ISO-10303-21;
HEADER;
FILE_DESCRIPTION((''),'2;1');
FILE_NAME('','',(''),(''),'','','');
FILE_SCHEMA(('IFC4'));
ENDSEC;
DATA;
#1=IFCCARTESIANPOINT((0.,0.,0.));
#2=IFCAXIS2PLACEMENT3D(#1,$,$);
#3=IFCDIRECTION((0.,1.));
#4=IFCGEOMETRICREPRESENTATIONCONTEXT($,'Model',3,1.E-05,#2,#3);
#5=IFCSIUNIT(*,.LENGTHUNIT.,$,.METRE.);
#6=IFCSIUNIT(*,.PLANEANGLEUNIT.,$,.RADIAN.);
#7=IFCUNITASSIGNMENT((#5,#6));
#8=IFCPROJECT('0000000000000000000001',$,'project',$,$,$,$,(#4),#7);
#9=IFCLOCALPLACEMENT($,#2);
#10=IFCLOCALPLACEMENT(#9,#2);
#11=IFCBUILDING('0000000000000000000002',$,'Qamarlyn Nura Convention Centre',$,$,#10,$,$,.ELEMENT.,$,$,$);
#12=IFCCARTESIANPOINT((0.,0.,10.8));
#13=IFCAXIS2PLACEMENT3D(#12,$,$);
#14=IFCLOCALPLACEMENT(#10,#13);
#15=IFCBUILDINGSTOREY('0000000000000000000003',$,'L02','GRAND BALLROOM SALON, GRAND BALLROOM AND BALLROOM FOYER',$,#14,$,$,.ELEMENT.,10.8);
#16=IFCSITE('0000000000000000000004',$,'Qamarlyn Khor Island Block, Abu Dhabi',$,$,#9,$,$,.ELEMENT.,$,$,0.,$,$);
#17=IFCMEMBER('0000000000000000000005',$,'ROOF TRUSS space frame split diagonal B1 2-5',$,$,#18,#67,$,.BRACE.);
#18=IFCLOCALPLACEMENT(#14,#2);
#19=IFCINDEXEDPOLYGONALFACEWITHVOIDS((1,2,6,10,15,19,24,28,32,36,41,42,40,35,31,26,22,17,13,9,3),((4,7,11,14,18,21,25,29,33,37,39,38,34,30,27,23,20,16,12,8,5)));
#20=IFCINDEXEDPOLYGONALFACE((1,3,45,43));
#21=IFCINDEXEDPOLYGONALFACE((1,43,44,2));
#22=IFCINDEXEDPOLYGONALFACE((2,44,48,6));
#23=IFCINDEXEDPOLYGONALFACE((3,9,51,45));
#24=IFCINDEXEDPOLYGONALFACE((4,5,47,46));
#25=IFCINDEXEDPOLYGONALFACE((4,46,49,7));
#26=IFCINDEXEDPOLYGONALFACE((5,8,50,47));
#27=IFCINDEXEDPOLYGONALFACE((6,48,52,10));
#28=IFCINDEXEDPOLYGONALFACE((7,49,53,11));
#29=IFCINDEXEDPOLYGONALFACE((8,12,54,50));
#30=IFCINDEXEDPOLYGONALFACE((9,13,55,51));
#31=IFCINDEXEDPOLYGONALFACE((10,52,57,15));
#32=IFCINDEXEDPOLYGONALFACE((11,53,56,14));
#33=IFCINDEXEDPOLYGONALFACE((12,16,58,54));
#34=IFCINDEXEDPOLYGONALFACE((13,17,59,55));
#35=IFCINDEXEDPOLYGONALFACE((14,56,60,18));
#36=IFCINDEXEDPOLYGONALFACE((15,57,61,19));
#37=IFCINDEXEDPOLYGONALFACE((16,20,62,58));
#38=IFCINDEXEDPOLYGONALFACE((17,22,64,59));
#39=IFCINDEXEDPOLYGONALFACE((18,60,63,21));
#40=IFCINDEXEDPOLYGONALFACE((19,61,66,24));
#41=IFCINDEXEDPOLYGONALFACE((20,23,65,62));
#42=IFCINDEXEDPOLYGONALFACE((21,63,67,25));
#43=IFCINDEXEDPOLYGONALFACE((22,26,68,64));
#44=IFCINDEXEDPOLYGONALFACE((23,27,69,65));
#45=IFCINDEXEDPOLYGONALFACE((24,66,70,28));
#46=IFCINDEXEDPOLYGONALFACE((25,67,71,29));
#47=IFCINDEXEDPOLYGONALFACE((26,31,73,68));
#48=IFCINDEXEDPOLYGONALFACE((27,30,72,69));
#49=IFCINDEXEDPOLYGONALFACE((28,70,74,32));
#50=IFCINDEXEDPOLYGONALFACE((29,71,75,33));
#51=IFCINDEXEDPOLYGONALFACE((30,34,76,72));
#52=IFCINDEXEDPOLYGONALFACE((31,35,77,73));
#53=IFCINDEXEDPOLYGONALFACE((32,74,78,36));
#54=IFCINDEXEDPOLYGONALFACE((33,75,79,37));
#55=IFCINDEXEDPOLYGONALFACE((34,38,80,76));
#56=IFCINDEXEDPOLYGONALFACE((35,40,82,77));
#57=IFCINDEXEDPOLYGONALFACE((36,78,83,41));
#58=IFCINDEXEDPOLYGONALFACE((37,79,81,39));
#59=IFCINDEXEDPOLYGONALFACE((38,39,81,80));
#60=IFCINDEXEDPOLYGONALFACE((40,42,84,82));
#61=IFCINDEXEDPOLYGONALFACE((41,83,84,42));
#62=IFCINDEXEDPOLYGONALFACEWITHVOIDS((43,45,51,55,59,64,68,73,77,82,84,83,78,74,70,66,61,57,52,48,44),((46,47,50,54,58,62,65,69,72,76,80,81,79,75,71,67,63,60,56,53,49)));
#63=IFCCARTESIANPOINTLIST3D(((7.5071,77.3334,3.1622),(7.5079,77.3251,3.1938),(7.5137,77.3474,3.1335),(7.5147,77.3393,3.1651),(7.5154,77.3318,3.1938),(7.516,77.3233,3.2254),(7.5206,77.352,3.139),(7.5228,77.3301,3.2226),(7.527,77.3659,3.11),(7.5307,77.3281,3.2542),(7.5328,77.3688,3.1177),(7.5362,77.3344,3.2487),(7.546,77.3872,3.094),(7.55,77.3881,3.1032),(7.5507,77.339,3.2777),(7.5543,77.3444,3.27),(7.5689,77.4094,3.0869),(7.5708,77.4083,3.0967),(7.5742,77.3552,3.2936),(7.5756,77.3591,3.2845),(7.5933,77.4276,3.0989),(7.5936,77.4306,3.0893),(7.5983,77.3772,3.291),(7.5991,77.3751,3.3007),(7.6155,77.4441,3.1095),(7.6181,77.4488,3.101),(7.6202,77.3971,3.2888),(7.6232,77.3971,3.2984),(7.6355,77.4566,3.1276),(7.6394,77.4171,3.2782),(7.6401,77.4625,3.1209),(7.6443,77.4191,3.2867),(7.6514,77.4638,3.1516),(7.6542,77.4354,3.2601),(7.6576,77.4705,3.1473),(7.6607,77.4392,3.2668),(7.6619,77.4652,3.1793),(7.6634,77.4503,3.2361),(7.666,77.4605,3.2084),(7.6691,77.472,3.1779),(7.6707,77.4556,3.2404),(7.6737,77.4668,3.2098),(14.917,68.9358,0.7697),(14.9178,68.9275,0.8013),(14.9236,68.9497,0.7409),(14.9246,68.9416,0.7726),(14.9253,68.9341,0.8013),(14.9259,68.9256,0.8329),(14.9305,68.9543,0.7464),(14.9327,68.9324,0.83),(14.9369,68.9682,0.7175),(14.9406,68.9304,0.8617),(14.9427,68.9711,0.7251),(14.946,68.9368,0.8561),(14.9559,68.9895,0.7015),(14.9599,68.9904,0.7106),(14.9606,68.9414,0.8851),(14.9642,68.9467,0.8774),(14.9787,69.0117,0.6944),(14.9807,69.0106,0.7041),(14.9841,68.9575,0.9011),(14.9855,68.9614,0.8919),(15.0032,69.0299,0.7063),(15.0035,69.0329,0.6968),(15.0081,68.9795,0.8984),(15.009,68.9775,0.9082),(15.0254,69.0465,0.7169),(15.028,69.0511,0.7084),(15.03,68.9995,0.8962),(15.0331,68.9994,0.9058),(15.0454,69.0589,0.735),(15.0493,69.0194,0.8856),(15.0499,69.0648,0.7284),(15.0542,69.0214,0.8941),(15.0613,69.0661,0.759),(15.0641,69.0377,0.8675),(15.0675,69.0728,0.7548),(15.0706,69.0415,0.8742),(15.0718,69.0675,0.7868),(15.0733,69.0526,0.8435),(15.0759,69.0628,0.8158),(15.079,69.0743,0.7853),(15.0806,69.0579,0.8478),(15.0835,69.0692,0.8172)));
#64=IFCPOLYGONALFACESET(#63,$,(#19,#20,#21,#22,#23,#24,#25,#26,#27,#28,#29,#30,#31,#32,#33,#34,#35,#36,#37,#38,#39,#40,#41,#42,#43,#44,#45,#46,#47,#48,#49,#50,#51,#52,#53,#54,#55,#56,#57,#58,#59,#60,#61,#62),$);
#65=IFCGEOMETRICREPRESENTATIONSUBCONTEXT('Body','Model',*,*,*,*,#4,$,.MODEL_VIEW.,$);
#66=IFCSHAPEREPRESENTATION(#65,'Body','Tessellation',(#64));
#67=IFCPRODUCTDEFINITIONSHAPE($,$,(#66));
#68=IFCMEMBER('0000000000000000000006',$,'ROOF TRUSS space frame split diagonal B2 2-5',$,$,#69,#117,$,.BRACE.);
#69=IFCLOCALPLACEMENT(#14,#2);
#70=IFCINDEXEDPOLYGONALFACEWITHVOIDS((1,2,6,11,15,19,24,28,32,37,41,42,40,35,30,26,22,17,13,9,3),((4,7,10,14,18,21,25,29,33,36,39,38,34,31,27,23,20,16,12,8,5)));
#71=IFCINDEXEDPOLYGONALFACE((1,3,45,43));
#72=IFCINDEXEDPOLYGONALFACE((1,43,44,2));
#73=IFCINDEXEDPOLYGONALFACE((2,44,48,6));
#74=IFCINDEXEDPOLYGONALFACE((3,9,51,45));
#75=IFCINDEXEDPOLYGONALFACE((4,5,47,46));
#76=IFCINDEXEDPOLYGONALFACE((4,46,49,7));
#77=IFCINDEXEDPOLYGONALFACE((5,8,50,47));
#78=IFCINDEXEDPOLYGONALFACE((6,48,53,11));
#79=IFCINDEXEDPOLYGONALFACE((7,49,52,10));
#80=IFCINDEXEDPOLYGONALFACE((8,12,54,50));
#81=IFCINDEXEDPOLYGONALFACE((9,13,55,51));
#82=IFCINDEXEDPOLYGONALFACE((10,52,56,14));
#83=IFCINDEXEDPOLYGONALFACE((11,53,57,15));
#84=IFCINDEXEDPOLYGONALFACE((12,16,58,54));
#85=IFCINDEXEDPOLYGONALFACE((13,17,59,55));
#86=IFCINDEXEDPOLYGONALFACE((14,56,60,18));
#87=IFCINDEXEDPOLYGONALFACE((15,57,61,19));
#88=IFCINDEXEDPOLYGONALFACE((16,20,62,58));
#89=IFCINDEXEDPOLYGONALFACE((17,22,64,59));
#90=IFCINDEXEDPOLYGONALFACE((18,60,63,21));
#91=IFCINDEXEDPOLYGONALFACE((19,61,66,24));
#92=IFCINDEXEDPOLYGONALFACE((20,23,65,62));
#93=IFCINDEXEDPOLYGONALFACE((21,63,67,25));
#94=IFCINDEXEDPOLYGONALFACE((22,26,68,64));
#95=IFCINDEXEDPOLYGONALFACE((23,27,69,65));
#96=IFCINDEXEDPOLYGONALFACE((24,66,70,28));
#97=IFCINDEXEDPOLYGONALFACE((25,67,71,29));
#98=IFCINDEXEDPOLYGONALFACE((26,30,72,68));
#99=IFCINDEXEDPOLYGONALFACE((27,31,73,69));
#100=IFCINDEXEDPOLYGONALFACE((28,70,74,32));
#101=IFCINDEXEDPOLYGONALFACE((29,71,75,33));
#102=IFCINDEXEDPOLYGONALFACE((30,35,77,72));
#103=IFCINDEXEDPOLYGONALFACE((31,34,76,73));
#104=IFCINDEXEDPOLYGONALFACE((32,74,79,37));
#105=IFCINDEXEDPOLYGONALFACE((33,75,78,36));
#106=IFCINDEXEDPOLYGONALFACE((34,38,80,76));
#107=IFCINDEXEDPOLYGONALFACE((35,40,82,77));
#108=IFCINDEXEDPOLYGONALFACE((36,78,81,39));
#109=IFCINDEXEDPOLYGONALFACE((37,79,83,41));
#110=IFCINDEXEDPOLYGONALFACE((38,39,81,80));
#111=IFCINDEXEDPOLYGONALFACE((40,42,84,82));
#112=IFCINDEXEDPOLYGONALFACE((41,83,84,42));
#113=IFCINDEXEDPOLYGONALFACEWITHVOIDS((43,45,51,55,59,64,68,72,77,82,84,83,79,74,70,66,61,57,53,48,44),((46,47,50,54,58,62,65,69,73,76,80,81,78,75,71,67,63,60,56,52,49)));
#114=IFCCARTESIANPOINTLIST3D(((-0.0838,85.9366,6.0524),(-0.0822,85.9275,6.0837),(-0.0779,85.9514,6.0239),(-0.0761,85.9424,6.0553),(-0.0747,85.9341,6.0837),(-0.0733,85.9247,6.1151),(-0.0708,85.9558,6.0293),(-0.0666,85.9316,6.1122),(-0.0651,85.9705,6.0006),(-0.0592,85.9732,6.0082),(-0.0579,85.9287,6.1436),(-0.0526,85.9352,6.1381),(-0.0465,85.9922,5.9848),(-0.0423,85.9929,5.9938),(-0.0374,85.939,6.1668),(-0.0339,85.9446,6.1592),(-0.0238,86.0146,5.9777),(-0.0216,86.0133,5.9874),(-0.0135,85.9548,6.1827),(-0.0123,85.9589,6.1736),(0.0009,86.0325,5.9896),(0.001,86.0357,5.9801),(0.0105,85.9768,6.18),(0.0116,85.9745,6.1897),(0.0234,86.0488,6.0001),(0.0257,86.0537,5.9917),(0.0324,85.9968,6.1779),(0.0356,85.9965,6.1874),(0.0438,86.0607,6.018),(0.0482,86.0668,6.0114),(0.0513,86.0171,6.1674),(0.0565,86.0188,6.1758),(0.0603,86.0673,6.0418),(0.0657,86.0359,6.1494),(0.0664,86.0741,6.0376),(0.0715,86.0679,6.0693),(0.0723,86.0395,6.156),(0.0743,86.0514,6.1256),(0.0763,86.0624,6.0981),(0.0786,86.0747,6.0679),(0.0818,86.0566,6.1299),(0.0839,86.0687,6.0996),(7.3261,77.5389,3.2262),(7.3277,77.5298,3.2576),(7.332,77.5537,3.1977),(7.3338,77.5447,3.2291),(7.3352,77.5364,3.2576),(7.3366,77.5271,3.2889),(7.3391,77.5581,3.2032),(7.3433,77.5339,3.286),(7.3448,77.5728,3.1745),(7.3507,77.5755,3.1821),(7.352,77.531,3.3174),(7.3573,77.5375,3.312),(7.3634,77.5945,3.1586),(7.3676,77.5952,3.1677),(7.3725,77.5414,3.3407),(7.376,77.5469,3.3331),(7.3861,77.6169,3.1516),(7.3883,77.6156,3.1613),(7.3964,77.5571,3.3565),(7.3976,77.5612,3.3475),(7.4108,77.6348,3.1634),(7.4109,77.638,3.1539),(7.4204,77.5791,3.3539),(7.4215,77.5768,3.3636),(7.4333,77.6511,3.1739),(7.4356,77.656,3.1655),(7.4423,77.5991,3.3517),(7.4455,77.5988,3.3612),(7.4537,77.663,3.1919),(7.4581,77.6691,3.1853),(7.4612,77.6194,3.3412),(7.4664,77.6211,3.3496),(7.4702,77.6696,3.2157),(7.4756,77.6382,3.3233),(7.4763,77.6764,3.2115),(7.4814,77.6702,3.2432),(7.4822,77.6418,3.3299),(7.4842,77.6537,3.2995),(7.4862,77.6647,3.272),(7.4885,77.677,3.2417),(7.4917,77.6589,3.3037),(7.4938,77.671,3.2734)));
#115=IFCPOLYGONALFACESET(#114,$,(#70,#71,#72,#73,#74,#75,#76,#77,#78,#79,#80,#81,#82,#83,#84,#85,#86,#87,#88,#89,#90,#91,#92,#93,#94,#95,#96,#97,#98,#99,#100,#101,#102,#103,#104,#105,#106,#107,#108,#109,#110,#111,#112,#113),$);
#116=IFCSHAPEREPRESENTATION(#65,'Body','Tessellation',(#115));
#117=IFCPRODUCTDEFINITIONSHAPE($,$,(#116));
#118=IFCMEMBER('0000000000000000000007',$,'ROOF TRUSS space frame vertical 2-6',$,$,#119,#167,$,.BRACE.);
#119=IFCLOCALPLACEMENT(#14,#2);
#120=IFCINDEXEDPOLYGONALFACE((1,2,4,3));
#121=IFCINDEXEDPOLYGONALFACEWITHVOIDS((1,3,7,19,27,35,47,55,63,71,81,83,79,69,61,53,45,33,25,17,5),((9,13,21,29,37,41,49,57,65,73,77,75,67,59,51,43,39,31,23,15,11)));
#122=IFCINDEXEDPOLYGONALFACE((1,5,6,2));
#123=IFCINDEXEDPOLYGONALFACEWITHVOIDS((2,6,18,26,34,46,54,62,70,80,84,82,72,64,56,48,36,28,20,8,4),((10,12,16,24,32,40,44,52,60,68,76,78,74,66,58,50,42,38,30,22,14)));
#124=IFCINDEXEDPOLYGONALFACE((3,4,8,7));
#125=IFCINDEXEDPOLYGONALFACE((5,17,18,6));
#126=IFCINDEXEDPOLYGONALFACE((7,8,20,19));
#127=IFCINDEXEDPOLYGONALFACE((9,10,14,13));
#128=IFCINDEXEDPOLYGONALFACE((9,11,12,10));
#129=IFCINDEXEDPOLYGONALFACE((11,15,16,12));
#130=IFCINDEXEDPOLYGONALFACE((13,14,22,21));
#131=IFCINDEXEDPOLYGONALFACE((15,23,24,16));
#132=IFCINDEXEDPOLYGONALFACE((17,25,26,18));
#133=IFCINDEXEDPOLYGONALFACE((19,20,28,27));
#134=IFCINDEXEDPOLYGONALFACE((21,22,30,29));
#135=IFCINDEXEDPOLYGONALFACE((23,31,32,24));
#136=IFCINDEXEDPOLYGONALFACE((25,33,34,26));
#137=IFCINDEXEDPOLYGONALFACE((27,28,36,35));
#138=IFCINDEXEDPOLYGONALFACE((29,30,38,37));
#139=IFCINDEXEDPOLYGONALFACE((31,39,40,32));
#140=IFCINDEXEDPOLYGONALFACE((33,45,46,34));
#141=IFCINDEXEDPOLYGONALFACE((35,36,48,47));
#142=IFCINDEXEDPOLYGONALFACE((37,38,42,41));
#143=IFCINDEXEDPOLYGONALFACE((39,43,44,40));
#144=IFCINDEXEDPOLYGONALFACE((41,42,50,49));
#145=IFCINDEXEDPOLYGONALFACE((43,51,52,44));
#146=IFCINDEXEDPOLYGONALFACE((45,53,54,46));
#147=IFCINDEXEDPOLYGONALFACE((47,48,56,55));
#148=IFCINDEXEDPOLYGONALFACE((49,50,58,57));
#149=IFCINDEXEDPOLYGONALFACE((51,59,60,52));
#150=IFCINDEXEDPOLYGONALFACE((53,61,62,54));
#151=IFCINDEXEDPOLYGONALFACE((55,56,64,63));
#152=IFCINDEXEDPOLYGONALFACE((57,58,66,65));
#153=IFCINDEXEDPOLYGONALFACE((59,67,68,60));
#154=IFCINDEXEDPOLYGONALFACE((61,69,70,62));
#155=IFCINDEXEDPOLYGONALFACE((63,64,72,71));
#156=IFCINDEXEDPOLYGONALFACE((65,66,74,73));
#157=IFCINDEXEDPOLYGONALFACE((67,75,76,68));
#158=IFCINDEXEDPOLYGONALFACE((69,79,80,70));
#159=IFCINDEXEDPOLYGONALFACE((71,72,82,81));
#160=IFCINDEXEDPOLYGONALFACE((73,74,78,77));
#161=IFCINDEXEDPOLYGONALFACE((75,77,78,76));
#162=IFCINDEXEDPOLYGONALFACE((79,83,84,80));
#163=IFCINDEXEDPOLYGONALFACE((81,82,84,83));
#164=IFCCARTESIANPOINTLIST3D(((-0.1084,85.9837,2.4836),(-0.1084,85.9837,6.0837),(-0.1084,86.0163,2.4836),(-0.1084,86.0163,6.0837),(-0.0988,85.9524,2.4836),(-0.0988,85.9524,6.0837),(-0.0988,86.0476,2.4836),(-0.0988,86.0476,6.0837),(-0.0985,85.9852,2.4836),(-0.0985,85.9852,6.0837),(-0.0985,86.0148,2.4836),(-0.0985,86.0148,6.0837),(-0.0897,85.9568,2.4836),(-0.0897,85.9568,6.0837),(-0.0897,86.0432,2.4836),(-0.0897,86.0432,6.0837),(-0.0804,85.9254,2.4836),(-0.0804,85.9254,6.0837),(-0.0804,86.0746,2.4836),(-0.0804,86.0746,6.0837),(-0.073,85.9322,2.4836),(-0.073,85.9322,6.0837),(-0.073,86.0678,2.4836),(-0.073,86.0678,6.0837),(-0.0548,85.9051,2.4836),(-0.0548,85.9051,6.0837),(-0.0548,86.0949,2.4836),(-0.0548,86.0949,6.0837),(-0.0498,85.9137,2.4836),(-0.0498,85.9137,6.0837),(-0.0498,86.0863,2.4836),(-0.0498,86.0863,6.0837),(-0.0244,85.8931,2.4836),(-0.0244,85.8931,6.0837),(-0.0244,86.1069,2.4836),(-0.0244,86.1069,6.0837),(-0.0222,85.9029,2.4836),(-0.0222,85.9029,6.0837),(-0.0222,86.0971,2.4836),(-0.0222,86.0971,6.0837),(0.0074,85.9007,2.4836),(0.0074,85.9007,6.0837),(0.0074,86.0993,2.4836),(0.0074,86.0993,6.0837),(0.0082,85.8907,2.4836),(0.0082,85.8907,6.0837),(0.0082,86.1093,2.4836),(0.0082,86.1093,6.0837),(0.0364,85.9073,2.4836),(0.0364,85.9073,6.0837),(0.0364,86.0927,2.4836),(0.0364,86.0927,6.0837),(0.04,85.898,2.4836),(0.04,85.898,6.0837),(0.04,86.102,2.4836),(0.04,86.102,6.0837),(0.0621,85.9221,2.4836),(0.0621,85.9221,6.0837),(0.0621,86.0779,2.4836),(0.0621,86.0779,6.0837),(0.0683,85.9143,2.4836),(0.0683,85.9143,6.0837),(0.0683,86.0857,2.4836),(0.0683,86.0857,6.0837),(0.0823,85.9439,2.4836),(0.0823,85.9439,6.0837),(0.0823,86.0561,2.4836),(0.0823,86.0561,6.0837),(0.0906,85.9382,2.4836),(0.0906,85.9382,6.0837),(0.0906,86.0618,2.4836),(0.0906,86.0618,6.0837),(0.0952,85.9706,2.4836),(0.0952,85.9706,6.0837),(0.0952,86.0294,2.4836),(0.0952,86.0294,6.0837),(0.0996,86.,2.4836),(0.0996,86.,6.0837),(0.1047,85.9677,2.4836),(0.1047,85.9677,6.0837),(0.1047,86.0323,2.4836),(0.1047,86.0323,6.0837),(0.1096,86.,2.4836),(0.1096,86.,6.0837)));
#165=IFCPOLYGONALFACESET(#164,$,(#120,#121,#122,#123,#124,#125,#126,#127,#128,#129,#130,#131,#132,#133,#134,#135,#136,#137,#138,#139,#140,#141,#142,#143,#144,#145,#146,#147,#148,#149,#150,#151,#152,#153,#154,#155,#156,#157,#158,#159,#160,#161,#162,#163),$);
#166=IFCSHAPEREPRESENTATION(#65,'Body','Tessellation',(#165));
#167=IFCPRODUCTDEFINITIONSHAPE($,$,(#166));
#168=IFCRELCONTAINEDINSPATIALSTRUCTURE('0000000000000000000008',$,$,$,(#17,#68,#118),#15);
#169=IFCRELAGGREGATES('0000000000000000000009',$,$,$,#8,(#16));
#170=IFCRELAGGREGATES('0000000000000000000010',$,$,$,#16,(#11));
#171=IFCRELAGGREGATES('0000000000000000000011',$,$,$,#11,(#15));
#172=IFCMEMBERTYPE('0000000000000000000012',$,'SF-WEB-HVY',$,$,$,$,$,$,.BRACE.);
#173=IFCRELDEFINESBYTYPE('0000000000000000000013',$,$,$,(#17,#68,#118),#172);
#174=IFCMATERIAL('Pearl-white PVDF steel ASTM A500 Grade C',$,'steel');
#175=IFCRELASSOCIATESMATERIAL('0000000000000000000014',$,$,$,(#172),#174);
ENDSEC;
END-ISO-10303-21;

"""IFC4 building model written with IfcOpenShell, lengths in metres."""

from ifc_helpers import new_model, si_unit, direction, frame, origin, origin_2d, place, context, subcontext, project, spatial, hollow_circle, extrude, material, material_profile, profile_set, type_object, element, save


model = new_model("IFC4")

# Units and contexts
model_context = context("Model", 3, precision=1e-05, world=origin(), true_north=direction((0.0, 1.0)))
body_context = subcontext(model_context, "Body", "Model", "MODEL_VIEW")
ifc_project = project(units=[si_unit("LENGTHUNIT", "METRE"), si_unit("PLANEANGLEUNIT", "RADIAN")], contexts=[model_context])

# Site, building, storey
site_placement = place(None, origin())
site = spatial("IfcSite", under=ifc_project, at=site_placement, Name="Qamarlyn Khor Island Block, Abu Dhabi", CompositionType="ELEMENT", RefElevation=0.0)
building_placement = place(site_placement, origin())
building = spatial("IfcBuilding", under=site, at=building_placement, Name="Qamarlyn Nura Convention Centre", CompositionType="ELEMENT")
storey_placement = place(building_placement, frame((0.0, 0.0, 10.8)))
storey = spatial("IfcBuildingStorey", under=building, at=storey_placement, Name="L02", Description="GRAND BALLROOM SALON, GRAND BALLROOM AND BALLROOM FOYER", CompositionType="ELEMENT", Elevation=10.8)

# Members
ifc_material_1 = material(Name="Pearl-white PVDF steel ASTM A500 Grade C", Category="steel")
ifc_material_profile_1 = material_profile(ifc_material_1, hollow_circle(Radius=0.1096, WallThickness=0.01, at=origin_2d()), Name="CHS219.1X10")
ifc_profile_set_1 = profile_set([ifc_material_profile_1], Name="Pearl-white PVDF steel ASTM A500 Grade C")
member_type_1 = type_object("IfcMemberType", Name="SF-WEB-HVY", PredefinedType="BRACE", material=ifc_profile_set_1)
member_1_placement = place(storey_placement, frame((15.0, 69.0, 0.8013), z_axis=(-0.64703, 0.733284, 0.208919), x_axis=(-0.74983, -0.66163, 0.0)))
element("IfcMember", 1, at=member_1_placement, inside=storey, type_object=member_type_1, Name="ROOF TRUSS space frame split diagonal B1 2-5", PredefinedType="BRACE", context=body_context, shape_type="SweptSolid", body=[
    extrude(hollow_circle(Radius=0.1096, WallThickness=0.01, at=origin_2d()), origin(), (0.0, 0.0, 1.0), 11.4521),
])
member_2_placement = place(storey_placement, frame((7.4099, 77.6023, 3.2576), z_axis=(-0.64152, 0.727039, 0.244678), x_axis=(-0.74983, -0.66163, 0.0)))
element("IfcMember", 2, at=member_2_placement, inside=storey, type_object=member_type_1, Name="ROOF TRUSS space frame split diagonal B2 2-5", PredefinedType="BRACE", context=body_context, shape_type="SweptSolid", body=[
    extrude(hollow_circle(Radius=0.1096, WallThickness=0.01, at=origin_2d()), origin(), (0.0, 0.0, 1.0), 11.5505),
])
member_3_placement = place(storey_placement, frame((0.0, 86.0, 2.4836), z_axis=(0.0, 0.0, 1.0), x_axis=(1.0, 0.0, 0.0)))
element("IfcMember", 3, at=member_3_placement, inside=storey, type_object=member_type_1, Name="ROOF TRUSS space frame vertical 2-6", PredefinedType="BRACE", context=body_context, shape_type="SweptSolid", body=[
    extrude(hollow_circle(Radius=0.1096, WallThickness=0.01, at=origin_2d()), origin(), (0.0, 0.0, 1.0), 3.6001),
])

save(model, "model.ifc")
